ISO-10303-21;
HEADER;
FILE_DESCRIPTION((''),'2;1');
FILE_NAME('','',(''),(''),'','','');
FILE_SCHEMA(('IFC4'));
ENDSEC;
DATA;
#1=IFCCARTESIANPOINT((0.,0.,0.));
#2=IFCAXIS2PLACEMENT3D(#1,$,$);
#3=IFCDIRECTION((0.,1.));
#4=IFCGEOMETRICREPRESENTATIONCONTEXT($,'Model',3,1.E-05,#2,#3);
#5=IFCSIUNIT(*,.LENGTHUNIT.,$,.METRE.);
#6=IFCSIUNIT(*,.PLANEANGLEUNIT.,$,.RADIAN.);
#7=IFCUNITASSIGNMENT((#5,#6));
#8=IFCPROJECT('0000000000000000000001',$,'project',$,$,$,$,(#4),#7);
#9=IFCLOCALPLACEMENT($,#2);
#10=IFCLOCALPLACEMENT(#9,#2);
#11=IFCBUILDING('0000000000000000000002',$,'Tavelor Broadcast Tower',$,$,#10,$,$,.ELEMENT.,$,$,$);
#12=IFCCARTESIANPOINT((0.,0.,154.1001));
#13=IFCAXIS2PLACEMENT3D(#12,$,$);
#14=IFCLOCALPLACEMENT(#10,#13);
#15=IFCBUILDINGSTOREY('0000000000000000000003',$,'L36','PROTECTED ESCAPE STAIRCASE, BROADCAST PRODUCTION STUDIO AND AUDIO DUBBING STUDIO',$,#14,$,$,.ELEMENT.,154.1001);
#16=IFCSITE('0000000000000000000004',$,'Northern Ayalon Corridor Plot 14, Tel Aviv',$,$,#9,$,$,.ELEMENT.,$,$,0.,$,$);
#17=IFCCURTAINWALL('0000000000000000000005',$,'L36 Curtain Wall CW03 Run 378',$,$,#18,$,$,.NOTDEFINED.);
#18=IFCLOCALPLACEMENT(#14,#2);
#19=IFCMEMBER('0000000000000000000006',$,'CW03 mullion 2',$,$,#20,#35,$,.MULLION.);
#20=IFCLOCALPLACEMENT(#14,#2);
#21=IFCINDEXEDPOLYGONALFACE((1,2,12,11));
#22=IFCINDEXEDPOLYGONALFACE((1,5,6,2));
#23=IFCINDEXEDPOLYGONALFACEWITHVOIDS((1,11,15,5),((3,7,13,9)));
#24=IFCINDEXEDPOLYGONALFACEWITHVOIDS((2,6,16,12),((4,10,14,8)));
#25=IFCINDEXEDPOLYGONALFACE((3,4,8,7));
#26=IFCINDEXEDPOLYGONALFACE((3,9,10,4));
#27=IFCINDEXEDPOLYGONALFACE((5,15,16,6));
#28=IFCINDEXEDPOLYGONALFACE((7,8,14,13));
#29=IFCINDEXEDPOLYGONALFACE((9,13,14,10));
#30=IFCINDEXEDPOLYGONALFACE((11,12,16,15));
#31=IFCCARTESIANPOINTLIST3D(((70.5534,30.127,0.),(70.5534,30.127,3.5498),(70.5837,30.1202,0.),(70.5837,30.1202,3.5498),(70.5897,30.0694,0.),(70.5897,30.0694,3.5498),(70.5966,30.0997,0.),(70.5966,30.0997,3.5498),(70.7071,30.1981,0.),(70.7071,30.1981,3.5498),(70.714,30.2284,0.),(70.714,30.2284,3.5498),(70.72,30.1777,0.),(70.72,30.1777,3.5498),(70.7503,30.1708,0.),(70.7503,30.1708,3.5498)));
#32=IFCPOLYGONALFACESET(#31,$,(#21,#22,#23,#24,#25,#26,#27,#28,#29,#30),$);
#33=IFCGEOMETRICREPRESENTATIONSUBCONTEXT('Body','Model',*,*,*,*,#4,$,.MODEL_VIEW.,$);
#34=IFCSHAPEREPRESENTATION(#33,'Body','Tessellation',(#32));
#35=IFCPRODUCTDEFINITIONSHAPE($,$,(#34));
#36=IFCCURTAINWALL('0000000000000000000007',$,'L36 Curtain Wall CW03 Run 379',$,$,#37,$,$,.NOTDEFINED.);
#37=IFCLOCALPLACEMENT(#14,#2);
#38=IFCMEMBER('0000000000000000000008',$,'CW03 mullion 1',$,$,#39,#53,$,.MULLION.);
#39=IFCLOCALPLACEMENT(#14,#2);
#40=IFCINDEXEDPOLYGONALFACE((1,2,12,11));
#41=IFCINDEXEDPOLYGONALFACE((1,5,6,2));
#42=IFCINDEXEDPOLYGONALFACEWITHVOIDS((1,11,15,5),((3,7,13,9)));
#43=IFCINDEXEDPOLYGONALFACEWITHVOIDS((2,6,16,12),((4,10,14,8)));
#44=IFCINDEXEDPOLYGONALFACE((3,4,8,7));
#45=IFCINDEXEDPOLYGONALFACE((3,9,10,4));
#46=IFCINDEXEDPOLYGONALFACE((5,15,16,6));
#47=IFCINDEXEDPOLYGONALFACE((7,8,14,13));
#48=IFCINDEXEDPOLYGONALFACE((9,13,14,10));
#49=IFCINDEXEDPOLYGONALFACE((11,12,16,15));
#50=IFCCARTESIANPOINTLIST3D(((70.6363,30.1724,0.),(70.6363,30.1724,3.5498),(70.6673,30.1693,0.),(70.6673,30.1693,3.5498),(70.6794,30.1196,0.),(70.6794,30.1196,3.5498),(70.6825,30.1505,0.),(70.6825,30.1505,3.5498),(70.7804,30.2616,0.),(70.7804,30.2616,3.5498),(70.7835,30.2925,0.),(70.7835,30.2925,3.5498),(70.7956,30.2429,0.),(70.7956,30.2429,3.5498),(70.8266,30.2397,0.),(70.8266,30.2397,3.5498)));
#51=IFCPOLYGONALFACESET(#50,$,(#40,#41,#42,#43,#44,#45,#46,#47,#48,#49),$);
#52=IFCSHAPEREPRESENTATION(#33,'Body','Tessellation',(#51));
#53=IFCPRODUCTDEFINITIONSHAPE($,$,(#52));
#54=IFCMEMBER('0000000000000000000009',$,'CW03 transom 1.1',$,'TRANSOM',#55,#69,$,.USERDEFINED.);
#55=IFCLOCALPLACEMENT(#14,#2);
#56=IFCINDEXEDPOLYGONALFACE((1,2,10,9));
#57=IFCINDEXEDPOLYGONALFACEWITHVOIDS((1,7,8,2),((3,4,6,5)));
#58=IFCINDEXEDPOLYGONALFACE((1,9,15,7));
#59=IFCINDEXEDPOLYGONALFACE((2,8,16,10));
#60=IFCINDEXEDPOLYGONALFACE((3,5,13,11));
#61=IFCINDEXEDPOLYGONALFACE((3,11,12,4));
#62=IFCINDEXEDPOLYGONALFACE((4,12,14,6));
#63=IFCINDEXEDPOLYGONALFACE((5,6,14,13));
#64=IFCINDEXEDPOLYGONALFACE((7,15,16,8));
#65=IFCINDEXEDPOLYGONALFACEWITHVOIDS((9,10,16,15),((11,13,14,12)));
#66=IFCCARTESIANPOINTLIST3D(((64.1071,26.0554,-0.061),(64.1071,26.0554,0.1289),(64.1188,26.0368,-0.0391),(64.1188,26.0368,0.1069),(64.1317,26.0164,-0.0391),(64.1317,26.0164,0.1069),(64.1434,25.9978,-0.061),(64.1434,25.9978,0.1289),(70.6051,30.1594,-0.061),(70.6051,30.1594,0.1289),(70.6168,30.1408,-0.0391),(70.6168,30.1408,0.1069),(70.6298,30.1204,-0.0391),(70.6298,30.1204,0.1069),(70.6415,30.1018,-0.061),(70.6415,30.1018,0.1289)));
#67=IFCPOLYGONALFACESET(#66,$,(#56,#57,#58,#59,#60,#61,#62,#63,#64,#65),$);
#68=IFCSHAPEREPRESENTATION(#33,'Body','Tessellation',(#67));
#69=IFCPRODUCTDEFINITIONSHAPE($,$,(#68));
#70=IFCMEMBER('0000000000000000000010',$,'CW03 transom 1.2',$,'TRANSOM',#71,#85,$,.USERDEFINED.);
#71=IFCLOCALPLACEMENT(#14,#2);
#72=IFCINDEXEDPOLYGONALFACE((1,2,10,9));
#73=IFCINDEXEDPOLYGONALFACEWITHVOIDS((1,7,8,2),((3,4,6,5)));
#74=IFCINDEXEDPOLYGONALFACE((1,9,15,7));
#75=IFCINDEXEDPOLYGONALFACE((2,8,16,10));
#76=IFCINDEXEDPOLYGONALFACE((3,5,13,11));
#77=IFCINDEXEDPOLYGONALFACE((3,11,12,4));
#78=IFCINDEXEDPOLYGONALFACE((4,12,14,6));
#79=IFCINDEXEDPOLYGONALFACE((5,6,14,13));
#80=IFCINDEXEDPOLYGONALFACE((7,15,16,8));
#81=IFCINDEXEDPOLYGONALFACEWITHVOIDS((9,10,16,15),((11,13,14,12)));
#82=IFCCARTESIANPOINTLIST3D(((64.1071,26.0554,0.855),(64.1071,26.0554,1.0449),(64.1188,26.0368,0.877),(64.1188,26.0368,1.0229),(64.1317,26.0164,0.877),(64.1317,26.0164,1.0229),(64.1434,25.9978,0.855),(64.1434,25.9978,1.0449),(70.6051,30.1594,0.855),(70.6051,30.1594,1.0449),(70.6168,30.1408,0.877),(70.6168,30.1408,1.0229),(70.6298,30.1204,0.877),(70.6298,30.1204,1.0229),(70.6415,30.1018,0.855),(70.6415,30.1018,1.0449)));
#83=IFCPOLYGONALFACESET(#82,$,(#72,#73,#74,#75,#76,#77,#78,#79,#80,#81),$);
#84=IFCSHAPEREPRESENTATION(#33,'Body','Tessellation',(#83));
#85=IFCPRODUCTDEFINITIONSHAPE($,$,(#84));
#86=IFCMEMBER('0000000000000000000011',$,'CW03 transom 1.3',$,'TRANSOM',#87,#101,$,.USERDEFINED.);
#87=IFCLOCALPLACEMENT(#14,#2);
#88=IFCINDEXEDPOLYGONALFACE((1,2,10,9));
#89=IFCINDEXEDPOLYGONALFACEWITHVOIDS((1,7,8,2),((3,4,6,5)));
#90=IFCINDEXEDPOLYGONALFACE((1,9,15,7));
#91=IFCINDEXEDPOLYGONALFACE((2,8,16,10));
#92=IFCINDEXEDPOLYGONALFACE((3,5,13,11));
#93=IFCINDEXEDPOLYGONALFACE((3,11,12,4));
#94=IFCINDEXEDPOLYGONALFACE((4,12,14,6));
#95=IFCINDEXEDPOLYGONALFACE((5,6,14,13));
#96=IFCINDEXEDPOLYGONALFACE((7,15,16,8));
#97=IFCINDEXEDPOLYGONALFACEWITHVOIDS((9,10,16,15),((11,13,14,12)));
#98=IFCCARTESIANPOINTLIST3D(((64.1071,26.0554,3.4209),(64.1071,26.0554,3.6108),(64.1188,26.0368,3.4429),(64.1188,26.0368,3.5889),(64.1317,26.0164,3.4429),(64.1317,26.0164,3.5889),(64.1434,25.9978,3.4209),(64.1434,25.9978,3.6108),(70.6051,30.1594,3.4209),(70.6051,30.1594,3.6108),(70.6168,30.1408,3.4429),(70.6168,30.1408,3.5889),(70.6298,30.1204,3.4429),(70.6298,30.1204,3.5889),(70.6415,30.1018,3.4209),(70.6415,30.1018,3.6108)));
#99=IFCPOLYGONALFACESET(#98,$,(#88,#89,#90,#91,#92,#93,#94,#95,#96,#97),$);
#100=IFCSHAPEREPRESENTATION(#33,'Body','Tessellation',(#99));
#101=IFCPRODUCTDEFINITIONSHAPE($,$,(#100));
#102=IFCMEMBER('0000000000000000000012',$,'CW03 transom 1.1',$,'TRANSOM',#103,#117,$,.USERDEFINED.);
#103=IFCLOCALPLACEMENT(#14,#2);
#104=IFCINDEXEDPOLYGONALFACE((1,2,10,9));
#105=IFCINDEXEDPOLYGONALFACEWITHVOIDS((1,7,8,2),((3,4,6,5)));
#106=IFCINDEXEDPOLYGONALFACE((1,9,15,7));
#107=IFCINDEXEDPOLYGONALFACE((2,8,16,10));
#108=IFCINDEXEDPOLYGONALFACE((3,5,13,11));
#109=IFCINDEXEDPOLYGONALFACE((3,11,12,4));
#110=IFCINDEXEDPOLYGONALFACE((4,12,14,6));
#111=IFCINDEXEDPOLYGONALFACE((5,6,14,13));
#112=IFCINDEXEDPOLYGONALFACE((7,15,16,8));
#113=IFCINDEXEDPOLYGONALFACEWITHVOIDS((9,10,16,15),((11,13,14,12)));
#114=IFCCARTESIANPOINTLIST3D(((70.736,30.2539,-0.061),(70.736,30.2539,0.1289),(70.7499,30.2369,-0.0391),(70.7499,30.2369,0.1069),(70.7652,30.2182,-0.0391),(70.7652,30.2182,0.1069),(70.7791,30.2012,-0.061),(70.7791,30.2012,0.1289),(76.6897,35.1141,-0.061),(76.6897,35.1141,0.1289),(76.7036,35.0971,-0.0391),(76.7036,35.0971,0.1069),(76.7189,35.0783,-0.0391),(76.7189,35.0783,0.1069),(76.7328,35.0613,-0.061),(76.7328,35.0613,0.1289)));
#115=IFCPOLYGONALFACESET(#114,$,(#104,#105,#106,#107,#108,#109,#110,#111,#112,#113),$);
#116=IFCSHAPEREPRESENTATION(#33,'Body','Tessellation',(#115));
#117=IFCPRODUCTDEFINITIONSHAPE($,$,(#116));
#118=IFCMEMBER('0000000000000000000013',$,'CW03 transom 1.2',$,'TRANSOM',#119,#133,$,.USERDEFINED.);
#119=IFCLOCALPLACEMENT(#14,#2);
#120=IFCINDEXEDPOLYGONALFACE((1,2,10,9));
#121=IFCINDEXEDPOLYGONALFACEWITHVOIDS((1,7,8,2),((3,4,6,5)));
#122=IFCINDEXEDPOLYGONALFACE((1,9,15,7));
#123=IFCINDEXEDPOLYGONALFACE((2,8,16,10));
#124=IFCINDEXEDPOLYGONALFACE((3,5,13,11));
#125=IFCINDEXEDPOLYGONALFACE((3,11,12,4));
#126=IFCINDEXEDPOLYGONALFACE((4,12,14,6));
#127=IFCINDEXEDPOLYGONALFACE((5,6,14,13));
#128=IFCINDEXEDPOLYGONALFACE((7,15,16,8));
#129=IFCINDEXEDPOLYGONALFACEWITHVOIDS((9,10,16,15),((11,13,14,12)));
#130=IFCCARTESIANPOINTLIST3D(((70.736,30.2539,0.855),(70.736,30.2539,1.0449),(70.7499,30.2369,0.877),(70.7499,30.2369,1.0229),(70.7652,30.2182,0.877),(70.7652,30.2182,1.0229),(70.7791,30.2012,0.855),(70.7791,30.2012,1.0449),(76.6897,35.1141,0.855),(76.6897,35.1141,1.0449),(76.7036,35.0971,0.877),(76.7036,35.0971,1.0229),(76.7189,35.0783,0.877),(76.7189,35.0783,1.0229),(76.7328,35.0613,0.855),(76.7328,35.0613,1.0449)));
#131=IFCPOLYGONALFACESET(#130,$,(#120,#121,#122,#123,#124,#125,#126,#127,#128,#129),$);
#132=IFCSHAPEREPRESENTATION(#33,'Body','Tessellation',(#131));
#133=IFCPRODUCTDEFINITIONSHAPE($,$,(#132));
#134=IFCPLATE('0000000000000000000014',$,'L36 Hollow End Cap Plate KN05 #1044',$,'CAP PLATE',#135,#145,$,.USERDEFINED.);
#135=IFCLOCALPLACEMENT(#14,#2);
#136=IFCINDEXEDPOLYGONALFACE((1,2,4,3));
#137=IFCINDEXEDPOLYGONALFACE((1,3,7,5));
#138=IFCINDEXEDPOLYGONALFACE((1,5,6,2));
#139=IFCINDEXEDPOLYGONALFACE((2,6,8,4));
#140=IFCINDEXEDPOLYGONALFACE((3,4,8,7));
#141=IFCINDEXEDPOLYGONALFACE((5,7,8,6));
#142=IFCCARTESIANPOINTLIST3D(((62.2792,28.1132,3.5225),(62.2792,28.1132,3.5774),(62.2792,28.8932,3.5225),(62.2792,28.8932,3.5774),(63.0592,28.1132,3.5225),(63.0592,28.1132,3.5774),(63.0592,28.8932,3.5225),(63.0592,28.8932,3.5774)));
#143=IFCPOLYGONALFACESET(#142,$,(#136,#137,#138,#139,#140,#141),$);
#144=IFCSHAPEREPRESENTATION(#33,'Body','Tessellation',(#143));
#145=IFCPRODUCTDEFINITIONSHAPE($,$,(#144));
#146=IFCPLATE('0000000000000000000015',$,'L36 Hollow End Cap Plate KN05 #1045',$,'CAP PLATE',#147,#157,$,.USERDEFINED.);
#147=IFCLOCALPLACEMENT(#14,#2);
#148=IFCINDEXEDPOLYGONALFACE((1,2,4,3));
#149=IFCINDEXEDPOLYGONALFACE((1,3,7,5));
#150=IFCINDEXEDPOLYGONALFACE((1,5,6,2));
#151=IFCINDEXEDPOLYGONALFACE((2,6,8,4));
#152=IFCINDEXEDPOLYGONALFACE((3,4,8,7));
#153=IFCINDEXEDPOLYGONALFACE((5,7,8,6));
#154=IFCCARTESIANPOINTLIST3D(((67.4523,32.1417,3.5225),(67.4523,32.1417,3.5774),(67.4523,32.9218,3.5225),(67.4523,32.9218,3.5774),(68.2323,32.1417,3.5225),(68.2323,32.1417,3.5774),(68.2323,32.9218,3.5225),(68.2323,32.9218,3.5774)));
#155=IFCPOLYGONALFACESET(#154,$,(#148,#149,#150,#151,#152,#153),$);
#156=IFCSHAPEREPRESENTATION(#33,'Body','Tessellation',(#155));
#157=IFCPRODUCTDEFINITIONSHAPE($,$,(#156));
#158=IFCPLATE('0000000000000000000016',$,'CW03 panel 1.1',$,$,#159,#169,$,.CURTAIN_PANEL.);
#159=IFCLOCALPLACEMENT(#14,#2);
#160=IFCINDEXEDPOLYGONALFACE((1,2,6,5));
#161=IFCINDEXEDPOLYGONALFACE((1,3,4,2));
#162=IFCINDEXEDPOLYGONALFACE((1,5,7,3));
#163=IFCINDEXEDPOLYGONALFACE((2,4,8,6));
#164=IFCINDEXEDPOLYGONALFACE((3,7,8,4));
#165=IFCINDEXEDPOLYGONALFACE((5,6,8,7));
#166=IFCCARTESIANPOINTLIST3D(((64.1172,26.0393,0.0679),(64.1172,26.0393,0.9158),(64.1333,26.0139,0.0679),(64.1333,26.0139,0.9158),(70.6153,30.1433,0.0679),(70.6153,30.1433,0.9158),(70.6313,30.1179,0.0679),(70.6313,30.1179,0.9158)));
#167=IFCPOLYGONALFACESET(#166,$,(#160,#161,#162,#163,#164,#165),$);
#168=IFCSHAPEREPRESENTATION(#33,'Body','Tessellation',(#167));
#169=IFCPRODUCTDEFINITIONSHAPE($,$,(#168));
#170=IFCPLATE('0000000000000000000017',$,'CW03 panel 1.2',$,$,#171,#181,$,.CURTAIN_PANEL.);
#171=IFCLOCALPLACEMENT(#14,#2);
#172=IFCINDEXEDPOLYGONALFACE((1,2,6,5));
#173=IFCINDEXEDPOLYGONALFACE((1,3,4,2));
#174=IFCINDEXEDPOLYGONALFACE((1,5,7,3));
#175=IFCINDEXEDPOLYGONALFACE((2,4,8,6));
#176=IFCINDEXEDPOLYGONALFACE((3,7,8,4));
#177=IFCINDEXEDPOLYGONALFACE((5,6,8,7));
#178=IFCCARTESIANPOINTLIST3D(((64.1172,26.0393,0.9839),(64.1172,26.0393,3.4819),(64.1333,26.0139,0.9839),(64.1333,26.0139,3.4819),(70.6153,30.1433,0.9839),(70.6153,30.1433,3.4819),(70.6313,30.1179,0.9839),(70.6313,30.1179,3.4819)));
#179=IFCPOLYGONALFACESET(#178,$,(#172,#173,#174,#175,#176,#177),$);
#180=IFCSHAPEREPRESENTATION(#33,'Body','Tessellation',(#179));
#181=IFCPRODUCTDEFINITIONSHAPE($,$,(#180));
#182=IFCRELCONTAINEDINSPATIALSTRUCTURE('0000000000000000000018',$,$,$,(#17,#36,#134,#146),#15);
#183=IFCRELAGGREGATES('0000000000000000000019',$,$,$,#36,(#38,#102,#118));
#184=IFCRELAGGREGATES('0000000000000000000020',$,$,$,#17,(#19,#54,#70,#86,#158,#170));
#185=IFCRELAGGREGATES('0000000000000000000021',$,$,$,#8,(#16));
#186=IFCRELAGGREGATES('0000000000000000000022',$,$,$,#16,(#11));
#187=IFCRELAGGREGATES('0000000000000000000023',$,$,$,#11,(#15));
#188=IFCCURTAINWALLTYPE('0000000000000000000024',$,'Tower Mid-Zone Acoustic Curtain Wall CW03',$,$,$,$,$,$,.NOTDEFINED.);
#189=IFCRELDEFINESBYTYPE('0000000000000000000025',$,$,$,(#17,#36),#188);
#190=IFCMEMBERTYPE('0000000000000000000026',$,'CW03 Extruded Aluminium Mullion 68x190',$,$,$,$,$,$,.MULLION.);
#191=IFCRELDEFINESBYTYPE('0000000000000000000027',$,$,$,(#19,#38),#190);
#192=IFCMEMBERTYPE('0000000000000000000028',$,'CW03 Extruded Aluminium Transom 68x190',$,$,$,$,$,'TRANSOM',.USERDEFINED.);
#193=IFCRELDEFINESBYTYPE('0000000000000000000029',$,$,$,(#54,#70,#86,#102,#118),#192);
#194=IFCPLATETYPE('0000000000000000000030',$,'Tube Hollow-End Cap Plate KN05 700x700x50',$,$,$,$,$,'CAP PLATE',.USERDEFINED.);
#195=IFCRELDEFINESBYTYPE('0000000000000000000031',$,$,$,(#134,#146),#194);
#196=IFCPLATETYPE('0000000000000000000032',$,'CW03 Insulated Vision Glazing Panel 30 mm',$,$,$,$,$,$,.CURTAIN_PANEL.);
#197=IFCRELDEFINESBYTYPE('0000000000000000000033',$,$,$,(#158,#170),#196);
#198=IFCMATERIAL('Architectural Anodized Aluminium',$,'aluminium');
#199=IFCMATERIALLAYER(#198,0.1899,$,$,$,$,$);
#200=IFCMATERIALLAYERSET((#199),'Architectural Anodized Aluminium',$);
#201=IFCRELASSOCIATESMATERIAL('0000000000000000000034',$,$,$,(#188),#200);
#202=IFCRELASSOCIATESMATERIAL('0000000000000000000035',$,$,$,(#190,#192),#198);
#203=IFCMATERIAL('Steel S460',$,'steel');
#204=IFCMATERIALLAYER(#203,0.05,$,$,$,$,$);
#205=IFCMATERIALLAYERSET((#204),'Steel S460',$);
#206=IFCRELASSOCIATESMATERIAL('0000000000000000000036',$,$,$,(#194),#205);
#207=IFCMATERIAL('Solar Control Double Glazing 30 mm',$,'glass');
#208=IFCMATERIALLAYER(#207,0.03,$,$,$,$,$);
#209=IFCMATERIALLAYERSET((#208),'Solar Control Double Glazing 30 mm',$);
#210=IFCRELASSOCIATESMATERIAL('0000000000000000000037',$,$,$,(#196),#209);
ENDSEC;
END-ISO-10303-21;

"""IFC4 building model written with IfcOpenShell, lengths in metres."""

from ifc_helpers import new_model, si_unit, direction, frame, origin, origin_2d, place, context, subcontext, project, spatial, rectangle, hollow_rectangle, extrude, source, transform, mapped, material, layer, layer_set, material_profile, profile_set, type_object, type_shapes, element, aggregate, save


model = new_model("IFC4")

# Units and contexts
model_context = context("Model", 3, precision=1e-05, world=origin(), true_north=direction((0.0, 1.0)))
body_context = subcontext(model_context, "Body", "Model", "MODEL_VIEW")
ifc_project = project(units=[si_unit("LENGTHUNIT", "METRE"), si_unit("PLANEANGLEUNIT", "RADIAN")], contexts=[model_context])

# Site, building, storey
site_placement = place(None, origin())
site = spatial("IfcSite", under=ifc_project, at=site_placement, Name="Northern Ayalon Corridor Plot 14, Tel Aviv", CompositionType="ELEMENT", RefElevation=0.0)
building_placement = place(site_placement, origin())
building = spatial("IfcBuilding", under=site, at=building_placement, Name="Tavelor Broadcast Tower", CompositionType="ELEMENT")
storey_placement = place(building_placement, frame((0.0, 0.0, 154.1001)))
storey = spatial("IfcBuildingStorey", under=building, at=storey_placement, Name="L36", Description="PROTECTED ESCAPE STAIRCASE, BROADCAST PRODUCTION STUDIO AND AUDIO DUBBING STUDIO", CompositionType="ELEMENT", Elevation=154.1001)

# Shared definitions
ifc_material_1 = material(Name="Steel S460", Category="steel")

# Shared definitions
ifc_material_2 = material(Name="Architectural Anodized Aluminium", Category="aluminium")
ifc_layer_1 = layer(ifc_material_2, 0.1899)
ifc_layer_set_1 = layer_set([ifc_layer_1], Name="Architectural Anodized Aluminium")
curtain_wall_type = type_object("IfcCurtainWallType", Name="Tower Mid-Zone Acoustic Curtain Wall CW03", PredefinedType="NOTDEFINED", material=ifc_layer_set_1)
ifc_material_profile_1 = material_profile(ifc_material_2, hollow_rectangle(XDim=0.0681, YDim=0.1899, WallThickness=0.022, at=origin_2d()), Name="RHS 68x190x22")
ifc_profile_set_1 = profile_set([ifc_material_profile_1], Name="Architectural Anodized Aluminium")
member_type_1 = type_object("IfcMemberType", Name="CW03 Extruded Aluminium Mullion 68x190", PredefinedType="MULLION", material=ifc_profile_set_1)
shared_shape_1 = source(origin(), body_context, "Body", "SweptSolid", [
    extrude(hollow_rectangle(XDim=0.0681, YDim=0.1899, WallThickness=0.022, at=origin_2d()), origin(), (0.0, 0.0, 1.0), 3.5498),
])
type_shapes(member_type_1, [shared_shape_1])

# Curtain wall, member
curtain_wall_1_placement = place(storey_placement, origin())
curtain_wall_1 = element("IfcCurtainWall", 1, at=curtain_wall_1_placement, inside=storey, type_object=curtain_wall_type, Name="L36 Curtain Wall CW03 Run 378", PredefinedType="NOTDEFINED")
member_1_placement = place(storey_placement, frame((70.6519, 30.1489, 0.0), z_axis=(0.0, 0.0, 1.0), x_axis=(-0.53399, 0.845491, 0.0)))
member_1 = element("IfcMember", 2, at=member_1_placement, type_object=member_type_1, Name="CW03 mullion 2", PredefinedType="MULLION", context=body_context, shape_type="MappedRepresentation", body=[
    mapped(shared_shape_1, transform((0.0, 0.0, 0.0), scale=1.0)),
])

# Curtain wall, member
curtain_wall_2_placement = place(storey_placement, origin())
curtain_wall_2 = element("IfcCurtainWall", 3, at=curtain_wall_2_placement, inside=storey, type_object=curtain_wall_type, Name="L36 Curtain Wall CW03 Run 379", PredefinedType="NOTDEFINED")
member_2_placement = place(storey_placement, frame((70.7314, 30.2061, 0.0), z_axis=(0.0, 0.0, 1.0), x_axis=(-0.632381, 0.774657, 0.0)))
member_2 = element("IfcMember", 4, at=member_2_placement, type_object=member_type_1, Name="CW03 mullion 1", PredefinedType="MULLION", context=body_context, shape_type="MappedRepresentation", body=[
    mapped(shared_shape_1, transform((0.0, 0.0, 0.0), scale=1.0)),
])

# Members
ifc_material_profile_2 = material_profile(ifc_material_2, hollow_rectangle(XDim=0.0681, YDim=0.1899, WallThickness=0.022, at=origin_2d()), Name="RHS 68x190x22")
ifc_profile_set_2 = profile_set([ifc_material_profile_2], Name="Architectural Anodized Aluminium")
member_type_2 = type_object("IfcMemberType", Name="CW03 Extruded Aluminium Transom 68x190", ElementType="TRANSOM", PredefinedType="USERDEFINED", material=ifc_profile_set_2)
shared_shape_2 = source(origin(), body_context, "Body", "SweptSolid", [
    extrude(hollow_rectangle(XDim=0.0681, YDim=0.1899, WallThickness=0.022, at=origin_2d()), origin(), (0.0, 0.0, 1.0), 7.6855),
])
type_shapes(member_type_2, [shared_shape_2])
member_3_placement = place(storey_placement, frame((64.1252, 26.0266, 0.0339), z_axis=(0.84549, 0.533991, 0.0), x_axis=(-0.533991, 0.84549, 0.0)))
member_3 = element("IfcMember", 5, at=member_3_placement, type_object=member_type_2, Name="CW03 transom 1.1", ObjectType="TRANSOM", PredefinedType="USERDEFINED", context=body_context, shape_type="MappedRepresentation", body=[
    mapped(shared_shape_2, transform((0.0, 0.0, 0.0), scale=1.0)),
])
member_4_placement = place(storey_placement, frame((64.1252, 26.0266, 0.95), z_axis=(0.84549, 0.533991, 0.0), x_axis=(-0.533991, 0.84549, 0.0)))
member_4 = element("IfcMember", 6, at=member_4_placement, type_object=member_type_2, Name="CW03 transom 1.2", ObjectType="TRANSOM", PredefinedType="USERDEFINED", context=body_context, shape_type="MappedRepresentation", body=[
    mapped(shared_shape_2, transform((0.0, 0.0, 0.0), scale=1.0)),
])
member_5_placement = place(storey_placement, frame((64.1252, 26.0266, 3.5159), z_axis=(0.84549, 0.533991, 0.0), x_axis=(-0.533991, 0.84549, 0.0)))
member_5 = element("IfcMember", 7, at=member_5_placement, type_object=member_type_2, Name="CW03 transom 1.3", ObjectType="TRANSOM", PredefinedType="USERDEFINED", context=body_context, shape_type="MappedRepresentation", body=[
    mapped(shared_shape_2, transform((0.0, 0.0, 0.0), scale=1.0)),
])
member_6_placement = place(storey_placement, frame((70.7576, 30.2275, 0.0339), z_axis=(0.77466, 0.632378, 0.0), x_axis=(-0.632378, 0.77466, 0.0)))
member_6 = element("IfcMember", 8, at=member_6_placement, type_object=member_type_2, Name="CW03 transom 1.1", ObjectType="TRANSOM", PredefinedType="USERDEFINED", context=body_context, shape_type="MappedRepresentation", body=[
    mapped(shared_shape_2, transform((0.0, 0.0, 0.0), scale=1.0)),
])
member_7_placement = place(storey_placement, frame((70.7576, 30.2275, 0.95), z_axis=(0.77466, 0.632378, 0.0), x_axis=(-0.632378, 0.77466, 0.0)))
member_7 = element("IfcMember", 9, at=member_7_placement, type_object=member_type_2, Name="CW03 transom 1.2", ObjectType="TRANSOM", PredefinedType="USERDEFINED", context=body_context, shape_type="MappedRepresentation", body=[
    mapped(shared_shape_2, transform((0.0, 0.0, 0.0), scale=1.0)),
])
aggregate(curtain_wall_2, [member_2, member_6, member_7])

# Plates
ifc_layer_2 = layer(ifc_material_1, 0.05)
ifc_layer_set_2 = layer_set([ifc_layer_2], Name="Steel S460")
plate_type_1 = type_object("IfcPlateType", Name="Tube Hollow-End Cap Plate KN05 700x700x50", ElementType="CAP PLATE", PredefinedType="USERDEFINED", material=ifc_layer_set_2)
shared_shape_3 = source(origin(), body_context, "Body", "SweptSolid", [
    extrude(rectangle(XDim=0.78, YDim=0.78, at=origin_2d()), origin(), (0.0, 0.0, 1.0), 0.0549),
])
type_shapes(plate_type_1, [shared_shape_3])
for number, where, z_axis, x_axis, name in (
    (10, (62.6692, 28.5032, 3.5225), (0.0, 0.0, 1.0), (1.0, 0.0, 0.0), "L36 Hollow End Cap Plate KN05 #1044"),
    (11, (67.8423, 32.5317, 3.5225), (0.0, 0.0, 1.0), (1.0, 0.0, 0.0), "L36 Hollow End Cap Plate KN05 #1045"),
):
    element("IfcPlate", number, at=place(storey_placement, frame(where, z_axis=z_axis, x_axis=x_axis)), inside=storey, type_object=plate_type_1, Name=name, ObjectType="CAP PLATE", PredefinedType="USERDEFINED", context=body_context, shape_type="MappedRepresentation", body=[
        mapped(shared_shape_3, transform((0.0, 0.0, 0.0), scale=1.0)),
    ])

# Plates
ifc_material_3 = material(Name="Solar Control Double Glazing 30 mm", Category="glass")
ifc_layer_3 = layer(ifc_material_3, 0.03)
ifc_layer_set_3 = layer_set([ifc_layer_3], Name="Solar Control Double Glazing 30 mm")
plate_type_2 = type_object("IfcPlateType", Name="CW03 Insulated Vision Glazing Panel 30 mm", PredefinedType="CURTAIN_PANEL", material=ifc_layer_set_3)
shared_shape_4 = source(origin(), body_context, "Body", "SweptSolid", [
    extrude(rectangle(XDim=7.6855, YDim=0.03, at=origin_2d()), origin(), (0.0, 0.0, 1.0), 0.8479),
])
plate_1_placement = place(storey_placement, frame((67.3743, 28.0786, 0.0679), z_axis=(0.0, 0.0, 1.0), x_axis=(0.845491, 0.53399, 0.0)))
plate_1 = element("IfcPlate", 12, at=plate_1_placement, type_object=plate_type_2, Name="CW03 panel 1.1", PredefinedType="CURTAIN_PANEL", context=body_context, shape_type="MappedRepresentation", body=[
    mapped(shared_shape_4, transform((0.0, 0.0, 0.0), scale=1.0)),
])
shared_shape_5 = source(origin(), body_context, "Body", "SweptSolid", [
    extrude(rectangle(XDim=7.6855, YDim=0.03, at=origin_2d()), origin(), (0.0, 0.0, 1.0), 2.498),
])
type_shapes(plate_type_2, [shared_shape_4, shared_shape_5])
plate_2_placement = place(storey_placement, frame((67.3743, 28.0786, 0.9839), z_axis=(0.0, 0.0, 1.0), x_axis=(0.845491, 0.53399, 0.0)))
plate_2 = element("IfcPlate", 13, at=plate_2_placement, type_object=plate_type_2, Name="CW03 panel 1.2", PredefinedType="CURTAIN_PANEL", context=body_context, shape_type="MappedRepresentation", body=[
    mapped(shared_shape_5, transform((0.0, 0.0, 0.0), scale=1.0)),
])
aggregate(curtain_wall_1, [member_1, member_3, member_4, member_5, plate_1, plate_2])

save(model, "model.ifc")
